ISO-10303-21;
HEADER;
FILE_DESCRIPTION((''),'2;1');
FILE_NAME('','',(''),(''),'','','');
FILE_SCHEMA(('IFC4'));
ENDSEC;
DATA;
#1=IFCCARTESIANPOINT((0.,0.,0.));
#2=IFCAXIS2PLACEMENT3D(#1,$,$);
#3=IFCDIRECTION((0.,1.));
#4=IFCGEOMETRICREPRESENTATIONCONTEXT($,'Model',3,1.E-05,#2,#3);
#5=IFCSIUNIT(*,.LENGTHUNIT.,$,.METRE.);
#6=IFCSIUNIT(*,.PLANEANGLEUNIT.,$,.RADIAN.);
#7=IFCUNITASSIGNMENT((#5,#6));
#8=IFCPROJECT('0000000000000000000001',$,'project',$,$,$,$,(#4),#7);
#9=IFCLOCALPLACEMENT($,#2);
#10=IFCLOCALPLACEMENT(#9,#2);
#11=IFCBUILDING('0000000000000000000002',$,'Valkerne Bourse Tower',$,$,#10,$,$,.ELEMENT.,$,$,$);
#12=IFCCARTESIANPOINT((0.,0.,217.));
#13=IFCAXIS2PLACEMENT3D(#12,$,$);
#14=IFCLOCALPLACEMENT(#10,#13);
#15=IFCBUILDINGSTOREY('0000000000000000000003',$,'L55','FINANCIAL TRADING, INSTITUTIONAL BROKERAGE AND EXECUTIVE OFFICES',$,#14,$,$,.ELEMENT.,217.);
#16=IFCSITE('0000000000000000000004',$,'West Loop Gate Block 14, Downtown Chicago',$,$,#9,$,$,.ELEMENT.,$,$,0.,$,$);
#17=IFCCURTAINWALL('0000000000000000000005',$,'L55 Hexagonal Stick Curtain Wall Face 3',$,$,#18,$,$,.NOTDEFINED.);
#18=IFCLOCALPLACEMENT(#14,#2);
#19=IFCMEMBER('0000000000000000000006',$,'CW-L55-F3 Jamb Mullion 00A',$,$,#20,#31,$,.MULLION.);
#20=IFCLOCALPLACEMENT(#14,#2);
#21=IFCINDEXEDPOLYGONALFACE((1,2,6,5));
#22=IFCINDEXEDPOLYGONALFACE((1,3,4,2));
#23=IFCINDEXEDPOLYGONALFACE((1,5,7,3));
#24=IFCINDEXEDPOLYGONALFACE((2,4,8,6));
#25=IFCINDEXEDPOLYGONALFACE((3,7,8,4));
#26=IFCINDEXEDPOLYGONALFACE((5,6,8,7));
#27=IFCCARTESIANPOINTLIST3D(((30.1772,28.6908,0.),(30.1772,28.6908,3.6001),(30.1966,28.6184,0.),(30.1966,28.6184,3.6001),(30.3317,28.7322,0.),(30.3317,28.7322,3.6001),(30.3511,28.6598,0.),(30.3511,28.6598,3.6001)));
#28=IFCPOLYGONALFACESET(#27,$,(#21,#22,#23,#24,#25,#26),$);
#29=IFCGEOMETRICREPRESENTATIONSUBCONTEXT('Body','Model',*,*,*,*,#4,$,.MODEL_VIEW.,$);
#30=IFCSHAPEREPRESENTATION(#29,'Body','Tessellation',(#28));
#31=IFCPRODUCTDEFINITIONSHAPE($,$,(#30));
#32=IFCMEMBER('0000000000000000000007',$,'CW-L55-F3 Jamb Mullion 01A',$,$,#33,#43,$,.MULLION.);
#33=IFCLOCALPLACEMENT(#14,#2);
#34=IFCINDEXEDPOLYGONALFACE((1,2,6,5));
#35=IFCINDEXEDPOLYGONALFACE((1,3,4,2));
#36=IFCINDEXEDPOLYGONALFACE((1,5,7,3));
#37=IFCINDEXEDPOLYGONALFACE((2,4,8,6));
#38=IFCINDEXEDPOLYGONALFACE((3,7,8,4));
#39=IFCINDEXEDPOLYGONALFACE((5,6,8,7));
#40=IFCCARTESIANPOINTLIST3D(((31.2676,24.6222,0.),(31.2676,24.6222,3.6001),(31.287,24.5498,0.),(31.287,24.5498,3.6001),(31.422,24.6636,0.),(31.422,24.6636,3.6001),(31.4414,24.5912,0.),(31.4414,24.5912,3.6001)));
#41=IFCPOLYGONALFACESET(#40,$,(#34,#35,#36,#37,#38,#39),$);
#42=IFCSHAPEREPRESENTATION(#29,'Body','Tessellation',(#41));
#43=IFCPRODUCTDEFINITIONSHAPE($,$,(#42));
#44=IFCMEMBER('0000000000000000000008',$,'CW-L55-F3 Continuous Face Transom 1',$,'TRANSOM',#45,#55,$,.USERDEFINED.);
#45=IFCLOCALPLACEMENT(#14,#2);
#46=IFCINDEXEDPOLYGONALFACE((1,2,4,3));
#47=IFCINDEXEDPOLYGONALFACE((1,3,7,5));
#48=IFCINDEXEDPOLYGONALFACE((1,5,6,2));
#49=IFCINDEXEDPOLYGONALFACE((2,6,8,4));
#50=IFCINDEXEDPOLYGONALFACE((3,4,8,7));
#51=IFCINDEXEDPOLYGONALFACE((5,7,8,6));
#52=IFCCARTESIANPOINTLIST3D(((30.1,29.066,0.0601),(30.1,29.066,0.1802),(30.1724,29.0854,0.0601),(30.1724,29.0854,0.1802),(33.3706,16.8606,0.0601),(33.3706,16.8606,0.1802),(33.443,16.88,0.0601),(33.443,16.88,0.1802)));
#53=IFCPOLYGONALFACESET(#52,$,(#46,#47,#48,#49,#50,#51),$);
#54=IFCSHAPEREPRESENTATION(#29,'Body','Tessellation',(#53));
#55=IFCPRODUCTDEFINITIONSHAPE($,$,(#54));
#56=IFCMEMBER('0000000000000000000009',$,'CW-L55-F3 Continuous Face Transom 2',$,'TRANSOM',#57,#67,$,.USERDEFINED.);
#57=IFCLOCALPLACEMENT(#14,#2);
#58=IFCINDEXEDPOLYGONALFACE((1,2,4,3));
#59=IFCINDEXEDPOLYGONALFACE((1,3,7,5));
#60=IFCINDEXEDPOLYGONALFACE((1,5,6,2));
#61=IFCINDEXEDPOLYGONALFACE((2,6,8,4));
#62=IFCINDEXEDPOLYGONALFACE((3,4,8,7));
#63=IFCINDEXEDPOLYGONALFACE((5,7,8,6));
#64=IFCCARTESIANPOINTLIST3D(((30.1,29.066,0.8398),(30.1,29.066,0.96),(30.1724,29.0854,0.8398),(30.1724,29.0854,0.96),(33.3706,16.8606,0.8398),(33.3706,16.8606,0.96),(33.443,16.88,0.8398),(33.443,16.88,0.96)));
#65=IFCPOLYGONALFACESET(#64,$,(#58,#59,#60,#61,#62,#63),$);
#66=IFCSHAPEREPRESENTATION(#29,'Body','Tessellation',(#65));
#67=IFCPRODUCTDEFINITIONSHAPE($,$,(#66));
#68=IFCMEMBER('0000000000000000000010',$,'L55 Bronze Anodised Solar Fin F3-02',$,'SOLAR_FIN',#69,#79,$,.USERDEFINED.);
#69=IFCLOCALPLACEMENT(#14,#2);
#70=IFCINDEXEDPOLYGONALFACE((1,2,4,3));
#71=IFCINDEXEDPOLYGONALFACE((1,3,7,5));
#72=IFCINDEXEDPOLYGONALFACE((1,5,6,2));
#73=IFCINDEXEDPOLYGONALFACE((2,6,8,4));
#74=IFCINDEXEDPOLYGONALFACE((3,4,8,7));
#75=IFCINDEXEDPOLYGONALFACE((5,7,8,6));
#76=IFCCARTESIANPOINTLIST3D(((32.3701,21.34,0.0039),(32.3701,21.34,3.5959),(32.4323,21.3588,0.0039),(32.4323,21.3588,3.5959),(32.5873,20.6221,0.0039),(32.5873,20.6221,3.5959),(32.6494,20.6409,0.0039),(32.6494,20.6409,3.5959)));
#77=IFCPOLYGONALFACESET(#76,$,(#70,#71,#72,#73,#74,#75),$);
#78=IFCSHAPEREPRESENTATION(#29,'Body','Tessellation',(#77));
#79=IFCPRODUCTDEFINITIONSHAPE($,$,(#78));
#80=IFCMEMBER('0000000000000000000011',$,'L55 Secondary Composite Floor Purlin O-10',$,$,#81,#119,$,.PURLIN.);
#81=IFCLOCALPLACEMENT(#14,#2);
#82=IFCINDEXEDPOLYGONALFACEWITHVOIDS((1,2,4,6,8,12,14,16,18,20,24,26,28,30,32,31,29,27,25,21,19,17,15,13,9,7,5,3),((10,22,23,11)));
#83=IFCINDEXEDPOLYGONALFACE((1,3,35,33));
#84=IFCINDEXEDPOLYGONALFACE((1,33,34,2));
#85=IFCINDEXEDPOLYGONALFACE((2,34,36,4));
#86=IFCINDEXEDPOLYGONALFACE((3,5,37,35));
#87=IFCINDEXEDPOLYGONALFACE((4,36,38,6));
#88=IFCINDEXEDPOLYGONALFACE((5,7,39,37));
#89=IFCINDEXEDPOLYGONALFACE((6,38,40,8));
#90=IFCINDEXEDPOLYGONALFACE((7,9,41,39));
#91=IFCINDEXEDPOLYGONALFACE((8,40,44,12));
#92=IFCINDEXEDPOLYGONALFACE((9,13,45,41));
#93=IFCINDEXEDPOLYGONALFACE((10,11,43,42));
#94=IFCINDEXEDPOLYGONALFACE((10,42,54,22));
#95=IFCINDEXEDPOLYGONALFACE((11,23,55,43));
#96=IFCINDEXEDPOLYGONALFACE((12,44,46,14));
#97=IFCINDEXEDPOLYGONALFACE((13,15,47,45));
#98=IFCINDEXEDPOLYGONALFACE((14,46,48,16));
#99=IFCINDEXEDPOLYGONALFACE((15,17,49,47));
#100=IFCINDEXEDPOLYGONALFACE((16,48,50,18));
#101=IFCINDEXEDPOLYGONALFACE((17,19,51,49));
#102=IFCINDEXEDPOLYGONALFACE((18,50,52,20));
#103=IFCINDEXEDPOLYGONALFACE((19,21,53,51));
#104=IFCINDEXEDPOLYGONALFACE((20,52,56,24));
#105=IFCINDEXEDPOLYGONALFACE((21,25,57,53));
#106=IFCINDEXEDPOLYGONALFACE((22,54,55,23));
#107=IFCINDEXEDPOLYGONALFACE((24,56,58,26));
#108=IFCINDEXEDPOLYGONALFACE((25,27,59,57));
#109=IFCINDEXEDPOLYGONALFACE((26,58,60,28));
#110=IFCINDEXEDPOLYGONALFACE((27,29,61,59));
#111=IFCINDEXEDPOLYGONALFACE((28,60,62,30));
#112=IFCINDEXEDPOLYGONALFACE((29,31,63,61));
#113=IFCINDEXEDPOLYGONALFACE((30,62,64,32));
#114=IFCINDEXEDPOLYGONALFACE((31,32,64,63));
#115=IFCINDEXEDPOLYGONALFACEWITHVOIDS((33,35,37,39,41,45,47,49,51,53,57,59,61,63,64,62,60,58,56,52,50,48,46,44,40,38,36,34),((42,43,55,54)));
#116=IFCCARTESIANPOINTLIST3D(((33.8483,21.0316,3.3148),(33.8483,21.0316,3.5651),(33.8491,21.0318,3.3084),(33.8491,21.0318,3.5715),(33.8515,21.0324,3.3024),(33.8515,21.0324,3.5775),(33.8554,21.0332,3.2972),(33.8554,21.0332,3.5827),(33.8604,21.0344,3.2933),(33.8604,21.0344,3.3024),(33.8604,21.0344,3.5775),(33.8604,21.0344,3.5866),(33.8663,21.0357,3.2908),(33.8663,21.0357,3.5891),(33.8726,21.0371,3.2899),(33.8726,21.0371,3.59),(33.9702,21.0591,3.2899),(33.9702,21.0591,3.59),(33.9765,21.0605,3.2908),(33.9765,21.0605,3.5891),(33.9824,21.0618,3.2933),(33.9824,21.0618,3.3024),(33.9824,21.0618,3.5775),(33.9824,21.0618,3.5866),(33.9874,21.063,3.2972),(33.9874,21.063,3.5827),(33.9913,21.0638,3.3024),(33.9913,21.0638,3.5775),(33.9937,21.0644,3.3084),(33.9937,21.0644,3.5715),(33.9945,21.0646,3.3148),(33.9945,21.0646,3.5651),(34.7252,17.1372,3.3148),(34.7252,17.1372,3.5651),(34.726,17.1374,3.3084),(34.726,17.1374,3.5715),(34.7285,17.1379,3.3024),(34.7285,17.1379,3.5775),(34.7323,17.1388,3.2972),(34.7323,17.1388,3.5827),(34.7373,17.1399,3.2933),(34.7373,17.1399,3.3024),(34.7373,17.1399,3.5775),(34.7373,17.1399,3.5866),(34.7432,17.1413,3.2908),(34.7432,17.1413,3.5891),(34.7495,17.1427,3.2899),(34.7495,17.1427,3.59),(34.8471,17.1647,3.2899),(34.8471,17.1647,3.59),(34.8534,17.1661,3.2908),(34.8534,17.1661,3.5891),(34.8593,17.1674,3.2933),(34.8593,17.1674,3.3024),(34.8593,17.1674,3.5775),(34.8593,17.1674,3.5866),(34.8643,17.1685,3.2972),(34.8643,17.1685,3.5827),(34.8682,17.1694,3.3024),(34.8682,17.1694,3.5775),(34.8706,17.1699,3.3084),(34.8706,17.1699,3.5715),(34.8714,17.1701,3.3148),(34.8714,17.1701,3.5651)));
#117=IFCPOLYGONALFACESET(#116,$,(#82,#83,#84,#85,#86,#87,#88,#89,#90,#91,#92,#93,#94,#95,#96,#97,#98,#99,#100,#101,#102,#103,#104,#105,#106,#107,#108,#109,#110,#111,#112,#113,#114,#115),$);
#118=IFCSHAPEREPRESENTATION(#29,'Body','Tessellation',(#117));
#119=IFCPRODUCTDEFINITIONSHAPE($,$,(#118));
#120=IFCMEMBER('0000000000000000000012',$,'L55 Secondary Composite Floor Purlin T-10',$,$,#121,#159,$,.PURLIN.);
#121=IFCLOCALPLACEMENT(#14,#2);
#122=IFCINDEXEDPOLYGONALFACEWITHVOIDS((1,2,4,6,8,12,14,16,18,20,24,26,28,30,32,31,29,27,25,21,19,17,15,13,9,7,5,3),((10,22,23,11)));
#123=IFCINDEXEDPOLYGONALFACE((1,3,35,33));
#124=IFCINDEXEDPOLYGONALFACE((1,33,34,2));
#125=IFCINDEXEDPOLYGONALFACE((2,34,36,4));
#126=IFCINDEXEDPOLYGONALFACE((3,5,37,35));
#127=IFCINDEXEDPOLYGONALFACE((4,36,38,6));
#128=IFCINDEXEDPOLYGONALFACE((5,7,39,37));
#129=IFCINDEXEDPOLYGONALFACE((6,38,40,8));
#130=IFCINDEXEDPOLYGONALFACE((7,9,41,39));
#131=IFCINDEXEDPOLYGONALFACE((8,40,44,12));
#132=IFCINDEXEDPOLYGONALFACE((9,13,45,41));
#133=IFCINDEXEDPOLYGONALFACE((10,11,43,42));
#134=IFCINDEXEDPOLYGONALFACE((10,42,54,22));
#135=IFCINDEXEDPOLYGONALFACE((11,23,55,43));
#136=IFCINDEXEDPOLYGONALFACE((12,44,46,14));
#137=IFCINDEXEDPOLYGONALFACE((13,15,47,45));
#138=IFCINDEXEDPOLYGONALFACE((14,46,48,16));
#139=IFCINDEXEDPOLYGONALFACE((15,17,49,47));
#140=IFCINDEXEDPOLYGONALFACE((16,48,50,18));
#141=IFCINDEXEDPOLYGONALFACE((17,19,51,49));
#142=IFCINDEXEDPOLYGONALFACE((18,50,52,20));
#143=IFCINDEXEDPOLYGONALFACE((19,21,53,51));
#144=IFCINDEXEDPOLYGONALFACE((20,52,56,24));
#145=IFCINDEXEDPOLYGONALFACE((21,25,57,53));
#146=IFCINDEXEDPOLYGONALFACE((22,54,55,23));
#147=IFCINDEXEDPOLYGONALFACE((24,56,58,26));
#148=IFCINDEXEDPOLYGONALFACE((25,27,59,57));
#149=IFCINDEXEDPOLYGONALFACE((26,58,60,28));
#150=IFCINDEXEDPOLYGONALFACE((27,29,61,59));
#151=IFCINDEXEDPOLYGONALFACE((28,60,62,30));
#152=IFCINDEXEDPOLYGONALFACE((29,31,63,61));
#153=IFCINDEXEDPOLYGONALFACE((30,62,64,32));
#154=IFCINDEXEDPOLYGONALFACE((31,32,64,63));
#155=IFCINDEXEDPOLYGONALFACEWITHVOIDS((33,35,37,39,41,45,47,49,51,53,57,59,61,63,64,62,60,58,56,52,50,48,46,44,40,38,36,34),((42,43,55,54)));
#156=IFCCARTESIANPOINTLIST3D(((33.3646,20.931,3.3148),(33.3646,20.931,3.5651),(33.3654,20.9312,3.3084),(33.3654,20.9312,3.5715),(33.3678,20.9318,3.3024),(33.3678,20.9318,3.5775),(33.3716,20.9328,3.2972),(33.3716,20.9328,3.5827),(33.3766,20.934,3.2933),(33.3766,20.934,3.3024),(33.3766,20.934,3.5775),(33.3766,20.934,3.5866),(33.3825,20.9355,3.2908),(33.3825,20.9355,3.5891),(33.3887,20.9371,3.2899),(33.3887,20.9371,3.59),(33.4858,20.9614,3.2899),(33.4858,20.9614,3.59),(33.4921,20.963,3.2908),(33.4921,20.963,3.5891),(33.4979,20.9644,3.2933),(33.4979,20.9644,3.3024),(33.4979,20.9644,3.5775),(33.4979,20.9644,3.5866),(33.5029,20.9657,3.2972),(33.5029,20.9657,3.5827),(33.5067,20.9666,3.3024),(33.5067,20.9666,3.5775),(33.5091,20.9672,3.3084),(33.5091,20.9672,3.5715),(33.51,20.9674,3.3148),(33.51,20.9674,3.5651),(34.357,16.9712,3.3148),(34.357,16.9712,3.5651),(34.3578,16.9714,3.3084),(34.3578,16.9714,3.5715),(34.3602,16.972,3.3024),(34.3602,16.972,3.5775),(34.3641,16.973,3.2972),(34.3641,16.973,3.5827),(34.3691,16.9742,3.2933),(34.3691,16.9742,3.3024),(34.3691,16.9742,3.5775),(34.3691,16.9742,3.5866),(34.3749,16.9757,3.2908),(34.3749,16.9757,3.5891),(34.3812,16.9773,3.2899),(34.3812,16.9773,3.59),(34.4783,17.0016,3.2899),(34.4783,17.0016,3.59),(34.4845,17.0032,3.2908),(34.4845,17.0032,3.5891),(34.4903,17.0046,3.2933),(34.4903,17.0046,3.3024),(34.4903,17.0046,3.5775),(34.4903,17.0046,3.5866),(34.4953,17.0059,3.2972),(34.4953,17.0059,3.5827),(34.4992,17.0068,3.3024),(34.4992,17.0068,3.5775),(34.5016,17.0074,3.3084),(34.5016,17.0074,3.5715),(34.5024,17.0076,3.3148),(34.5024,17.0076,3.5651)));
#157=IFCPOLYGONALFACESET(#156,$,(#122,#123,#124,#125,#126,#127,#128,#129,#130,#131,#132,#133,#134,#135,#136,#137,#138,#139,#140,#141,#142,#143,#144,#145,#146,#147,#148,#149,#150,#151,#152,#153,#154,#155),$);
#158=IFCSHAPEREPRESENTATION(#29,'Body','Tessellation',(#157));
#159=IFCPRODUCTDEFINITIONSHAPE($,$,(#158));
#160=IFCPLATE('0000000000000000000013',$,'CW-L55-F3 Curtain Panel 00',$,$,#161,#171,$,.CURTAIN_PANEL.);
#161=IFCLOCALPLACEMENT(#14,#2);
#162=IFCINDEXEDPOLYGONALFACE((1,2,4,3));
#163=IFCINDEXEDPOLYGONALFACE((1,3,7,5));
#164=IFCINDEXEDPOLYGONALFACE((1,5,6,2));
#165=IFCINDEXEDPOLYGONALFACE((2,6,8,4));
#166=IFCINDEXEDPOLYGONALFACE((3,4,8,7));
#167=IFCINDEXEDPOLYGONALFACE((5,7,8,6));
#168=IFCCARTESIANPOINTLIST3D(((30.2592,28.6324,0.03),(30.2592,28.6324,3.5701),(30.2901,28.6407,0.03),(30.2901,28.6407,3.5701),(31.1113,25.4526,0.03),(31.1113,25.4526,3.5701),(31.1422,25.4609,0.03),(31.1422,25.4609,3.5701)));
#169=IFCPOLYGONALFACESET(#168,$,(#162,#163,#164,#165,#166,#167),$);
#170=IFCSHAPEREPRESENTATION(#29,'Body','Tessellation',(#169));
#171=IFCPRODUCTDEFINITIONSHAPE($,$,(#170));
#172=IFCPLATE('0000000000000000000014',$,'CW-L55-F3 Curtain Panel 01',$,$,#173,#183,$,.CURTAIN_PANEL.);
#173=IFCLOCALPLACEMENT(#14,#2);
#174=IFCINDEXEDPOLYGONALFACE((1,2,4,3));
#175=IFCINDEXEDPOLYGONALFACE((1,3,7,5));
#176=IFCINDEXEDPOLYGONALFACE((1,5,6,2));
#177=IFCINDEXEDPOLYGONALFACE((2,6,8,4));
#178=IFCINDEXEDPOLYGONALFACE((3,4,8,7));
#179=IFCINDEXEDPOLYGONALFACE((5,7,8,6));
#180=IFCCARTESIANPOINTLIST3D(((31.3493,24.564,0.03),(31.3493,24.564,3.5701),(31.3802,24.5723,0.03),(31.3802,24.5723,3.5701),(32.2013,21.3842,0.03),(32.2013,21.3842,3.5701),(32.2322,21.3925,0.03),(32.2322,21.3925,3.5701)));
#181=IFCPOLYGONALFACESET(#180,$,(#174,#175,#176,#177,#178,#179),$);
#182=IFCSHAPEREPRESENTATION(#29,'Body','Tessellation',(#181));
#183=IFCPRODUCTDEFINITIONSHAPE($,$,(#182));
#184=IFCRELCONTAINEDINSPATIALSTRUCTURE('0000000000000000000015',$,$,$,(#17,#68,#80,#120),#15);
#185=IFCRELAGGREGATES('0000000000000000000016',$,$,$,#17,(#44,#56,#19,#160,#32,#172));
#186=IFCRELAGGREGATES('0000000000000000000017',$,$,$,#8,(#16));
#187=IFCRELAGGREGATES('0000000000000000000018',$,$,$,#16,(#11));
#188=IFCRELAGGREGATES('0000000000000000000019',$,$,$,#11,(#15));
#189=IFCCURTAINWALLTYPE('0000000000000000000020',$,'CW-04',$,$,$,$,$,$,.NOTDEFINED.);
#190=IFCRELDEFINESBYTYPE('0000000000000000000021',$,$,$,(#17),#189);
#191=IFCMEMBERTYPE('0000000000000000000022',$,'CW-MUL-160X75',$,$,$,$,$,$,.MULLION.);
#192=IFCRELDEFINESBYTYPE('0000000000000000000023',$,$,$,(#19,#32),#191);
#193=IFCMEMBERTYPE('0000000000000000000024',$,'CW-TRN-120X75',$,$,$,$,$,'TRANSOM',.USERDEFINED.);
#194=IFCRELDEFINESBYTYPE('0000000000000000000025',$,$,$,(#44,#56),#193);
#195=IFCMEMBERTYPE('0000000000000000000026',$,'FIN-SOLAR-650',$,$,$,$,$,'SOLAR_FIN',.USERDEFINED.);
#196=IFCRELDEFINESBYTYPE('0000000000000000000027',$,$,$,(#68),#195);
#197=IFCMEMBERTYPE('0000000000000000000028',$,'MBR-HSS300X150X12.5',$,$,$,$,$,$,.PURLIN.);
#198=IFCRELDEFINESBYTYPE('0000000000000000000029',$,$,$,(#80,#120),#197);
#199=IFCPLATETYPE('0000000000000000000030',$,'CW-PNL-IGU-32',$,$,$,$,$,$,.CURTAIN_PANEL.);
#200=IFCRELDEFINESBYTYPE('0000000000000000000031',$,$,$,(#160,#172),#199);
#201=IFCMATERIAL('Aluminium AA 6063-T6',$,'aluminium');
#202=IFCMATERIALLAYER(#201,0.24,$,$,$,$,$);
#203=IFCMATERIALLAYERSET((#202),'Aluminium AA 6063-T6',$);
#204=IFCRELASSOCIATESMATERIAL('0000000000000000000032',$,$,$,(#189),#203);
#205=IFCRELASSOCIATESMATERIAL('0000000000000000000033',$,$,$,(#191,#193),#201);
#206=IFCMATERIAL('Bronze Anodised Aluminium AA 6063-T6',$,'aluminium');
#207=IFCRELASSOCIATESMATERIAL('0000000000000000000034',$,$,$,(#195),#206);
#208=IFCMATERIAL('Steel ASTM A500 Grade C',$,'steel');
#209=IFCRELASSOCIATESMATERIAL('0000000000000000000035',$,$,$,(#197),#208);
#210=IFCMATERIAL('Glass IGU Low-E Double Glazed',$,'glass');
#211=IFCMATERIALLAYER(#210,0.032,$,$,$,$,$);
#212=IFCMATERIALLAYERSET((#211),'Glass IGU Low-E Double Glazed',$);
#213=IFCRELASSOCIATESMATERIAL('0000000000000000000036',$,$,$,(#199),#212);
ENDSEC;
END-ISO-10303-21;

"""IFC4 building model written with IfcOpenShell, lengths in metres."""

from ifc_helpers import new_model, si_unit, direction, frame, origin, origin_2d, place, context, subcontext, project, spatial, rectangle, hollow_rectangle, extrude, material, layer, layer_set, material_profile, profile_set, type_object, element, aggregate, save


model = new_model("IFC4")

# Units and contexts
model_context = context("Model", 3, precision=1e-05, world=origin(), true_north=direction((0.0, 1.0)))
body_context = subcontext(model_context, "Body", "Model", "MODEL_VIEW")
ifc_project = project(units=[si_unit("LENGTHUNIT", "METRE"), si_unit("PLANEANGLEUNIT", "RADIAN")], contexts=[model_context])

# Site, building, storey
site_placement = place(None, origin())
site = spatial("IfcSite", under=ifc_project, at=site_placement, Name="West Loop Gate Block 14, Downtown Chicago", CompositionType="ELEMENT", RefElevation=0.0)
building_placement = place(site_placement, origin())
building = spatial("IfcBuilding", under=site, at=building_placement, Name="Valkerne Bourse Tower", CompositionType="ELEMENT")
storey_placement = place(building_placement, frame((0.0, 0.0, 217.0)))
storey = spatial("IfcBuildingStorey", under=building, at=storey_placement, Name="L55", Description="FINANCIAL TRADING, INSTITUTIONAL BROKERAGE AND EXECUTIVE OFFICES", CompositionType="ELEMENT", Elevation=217.0)

# Curtain wall, members
ifc_material_1 = material(Name="Aluminium AA 6063-T6", Category="aluminium")
ifc_layer_1 = layer(ifc_material_1, 0.24)
ifc_layer_set_1 = layer_set([ifc_layer_1], Name="Aluminium AA 6063-T6")
curtain_wall_type = type_object("IfcCurtainWallType", Name="CW-04", PredefinedType="NOTDEFINED", material=ifc_layer_set_1)
curtain_wall_placement = place(storey_placement, origin())
curtain_wall = element("IfcCurtainWall", 1, at=curtain_wall_placement, inside=storey, type_object=curtain_wall_type, Name="L55 Hexagonal Stick Curtain Wall Face 3", PredefinedType="NOTDEFINED")
ifc_material_profile_1 = material_profile(ifc_material_1, rectangle(XDim=0.075, YDim=0.1599, at=origin_2d()), Name="CWM-75X160")
ifc_profile_set_1 = profile_set([ifc_material_profile_1], Name="Aluminium AA 6063-T6")
member_type_1 = type_object("IfcMemberType", Name="CW-MUL-160X75", PredefinedType="MULLION", material=ifc_profile_set_1)
member_1_placement = place(storey_placement, frame((30.2642, 28.6753, 0.0), z_axis=(0.0, 0.0, 1.0), x_axis=(0.25883, -0.965923, 0.0)))
member_1 = element("IfcMember", 2, at=member_1_placement, type_object=member_type_1, Name="CW-L55-F3 Jamb Mullion 00A", PredefinedType="MULLION", context=body_context, shape_type="SweptSolid", body=[
    extrude(rectangle(XDim=0.075, YDim=0.1599, at=origin_2d()), origin(), (0.0, 0.0, 1.0), 3.6001),
])
member_2_placement = place(storey_placement, frame((31.3545, 24.6067, 0.0), z_axis=(0.0, 0.0, 1.0), x_axis=(0.258808, -0.965929, 0.0)))
member_2 = element("IfcMember", 3, at=member_2_placement, type_object=member_type_1, Name="CW-L55-F3 Jamb Mullion 01A", PredefinedType="MULLION", context=body_context, shape_type="SweptSolid", body=[
    extrude(rectangle(XDim=0.075, YDim=0.1599, at=origin_2d()), origin(), (0.0, 0.0, 1.0), 3.6001),
])
ifc_material_profile_2 = material_profile(ifc_material_1, rectangle(XDim=0.075, YDim=0.1201, at=origin_2d()), Name="CWT-75X120")
ifc_profile_set_2 = profile_set([ifc_material_profile_2], Name="Aluminium AA 6063-T6")
member_type_2 = type_object("IfcMemberType", Name="CW-TRN-120X75", ElementType="TRANSOM", PredefinedType="USERDEFINED", material=ifc_profile_set_2)
member_3_placement = place(storey_placement, frame((30.1362, 29.0757, 0.1201), z_axis=(0.258827, -0.965924, 0.0), x_axis=(0.965924, 0.258827, 0.0)))
member_3 = element("IfcMember", 4, at=member_3_placement, type_object=member_type_2, Name="CW-L55-F3 Continuous Face Transom 1", ObjectType="TRANSOM", PredefinedType="USERDEFINED", context=body_context, shape_type="SweptSolid", body=[
    extrude(rectangle(XDim=0.075, YDim=0.1201, at=origin_2d()), origin(), (0.0, 0.0, 1.0), 12.636),
])
member_4_placement = place(storey_placement, frame((30.1362, 29.0757, 0.8999), z_axis=(0.258827, -0.965924, 0.0), x_axis=(0.965924, 0.258827, 0.0)))
member_4 = element("IfcMember", 5, at=member_4_placement, type_object=member_type_2, Name="CW-L55-F3 Continuous Face Transom 2", ObjectType="TRANSOM", PredefinedType="USERDEFINED", context=body_context, shape_type="SweptSolid", body=[
    extrude(rectangle(XDim=0.075, YDim=0.1201, at=origin_2d()), origin(), (0.0, 0.0, 1.0), 12.636),
])

# Members
ifc_material_2 = material(Name="Bronze Anodised Aluminium AA 6063-T6", Category="aluminium")
ifc_material_profile_3 = material_profile(ifc_material_2, rectangle(XDim=0.0649, YDim=0.75, at=origin_2d()), Name="FIN-65X750")
ifc_profile_set_3 = profile_set([ifc_material_profile_3], Name="Bronze Anodised Aluminium AA 6063-T6")
member_type_3 = type_object("IfcMemberType", Name="FIN-SOLAR-650", ElementType="SOLAR_FIN", PredefinedType="USERDEFINED", material=ifc_profile_set_3)
member_5_placement = place(storey_placement, frame((32.5098, 20.9905, 0.0039), z_axis=(0.0, 0.0, 1.0), x_axis=(-0.957175, -0.28951, 0.0)))
element("IfcMember", 6, at=member_5_placement, inside=storey, type_object=member_type_3, Name="L55 Bronze Anodised Solar Fin F3-02", ObjectType="SOLAR_FIN", PredefinedType="USERDEFINED", context=body_context, shape_type="SweptSolid", body=[
    extrude(rectangle(XDim=0.0649, YDim=0.75, at=origin_2d()), origin(), (0.0, 0.0, 1.0), 3.592),
])
ifc_material_3 = material(Name="Steel ASTM A500 Grade C", Category="steel")
ifc_material_profile_4 = material_profile(ifc_material_3, hollow_rectangle(XDim=0.1499, YDim=0.3, WallThickness=0.0125, OuterFilletRadius=0.0249, at=origin_2d()), Name="HSS300X150X12.5")
ifc_profile_set_4 = profile_set([ifc_material_profile_4], Name="Steel ASTM A500 Grade C")
member_type_4 = type_object("IfcMemberType", Name="MBR-HSS300X150X12.5", PredefinedType="PURLIN", material=ifc_profile_set_4)
member_6_placement = place(storey_placement, frame((33.9214, 21.0481, 3.4399), z_axis=(0.219675, -0.975573, 0.0), x_axis=(0.975573, 0.219675, 0.0)))
element("IfcMember", 7, at=member_6_placement, inside=storey, type_object=member_type_4, Name="L55 Secondary Composite Floor Purlin O-10", PredefinedType="PURLIN", context=body_context, shape_type="SweptSolid", body=[
    extrude(hollow_rectangle(XDim=0.1499, YDim=0.3, WallThickness=0.0125, OuterFilletRadius=0.0249, at=origin_2d()), origin(), (0.0, 0.0, 1.0), 3.9919),
])
member_7_placement = place(storey_placement, frame((33.4373, 20.9492, 3.4399), z_axis=(0.243113, -0.969998, 0.0), x_axis=(0.969998, 0.243113, 0.0)))
element("IfcMember", 8, at=member_7_placement, inside=storey, type_object=member_type_4, Name="L55 Secondary Composite Floor Purlin T-10", PredefinedType="PURLIN", context=body_context, shape_type="SweptSolid", body=[
    extrude(hollow_rectangle(XDim=0.1499, YDim=0.3, WallThickness=0.0125, OuterFilletRadius=0.0249, at=origin_2d()), origin(), (0.0, 0.0, 1.0), 4.0823),
])

# Plates
ifc_material_4 = material(Name="Glass IGU Low-E Double Glazed", Category="glass")
ifc_layer_2 = layer(ifc_material_4, 0.032)
ifc_layer_set_2 = layer_set([ifc_layer_2], Name="Glass IGU Low-E Double Glazed")
plate_type = type_object("IfcPlateType", Name="CW-PNL-IGU-32", PredefinedType="CURTAIN_PANEL", material=ifc_layer_set_2)
plate_1_placement = place(storey_placement, frame((30.7007, 27.0466, 0.03), z_axis=(0.0, 0.0, 1.0), x_axis=(0.25883, -0.965923, 0.0)))
plate_1 = element("IfcPlate", 9, at=plate_1_placement, type_object=plate_type, Name="CW-L55-F3 Curtain Panel 00", PredefinedType="CURTAIN_PANEL", context=body_context, shape_type="SweptSolid", body=[
    extrude(rectangle(XDim=3.292, YDim=0.032, at=origin_2d()), origin(), (0.0, 0.0, 1.0), 3.54),
])
plate_2_placement = place(storey_placement, frame((31.7908, 22.9783, 0.03), z_axis=(0.0, 0.0, 1.0), x_axis=(0.258808, -0.965929, 0.0)))
plate_2 = element("IfcPlate", 10, at=plate_2_placement, type_object=plate_type, Name="CW-L55-F3 Curtain Panel 01", PredefinedType="CURTAIN_PANEL", context=body_context, shape_type="SweptSolid", body=[
    extrude(rectangle(XDim=3.292, YDim=0.032, at=origin_2d()), origin(), (0.0, 0.0, 1.0), 3.54),
])
aggregate(curtain_wall, [member_3, member_4, member_1, plate_1, member_2, plate_2])

save(model, "model.ifc")
